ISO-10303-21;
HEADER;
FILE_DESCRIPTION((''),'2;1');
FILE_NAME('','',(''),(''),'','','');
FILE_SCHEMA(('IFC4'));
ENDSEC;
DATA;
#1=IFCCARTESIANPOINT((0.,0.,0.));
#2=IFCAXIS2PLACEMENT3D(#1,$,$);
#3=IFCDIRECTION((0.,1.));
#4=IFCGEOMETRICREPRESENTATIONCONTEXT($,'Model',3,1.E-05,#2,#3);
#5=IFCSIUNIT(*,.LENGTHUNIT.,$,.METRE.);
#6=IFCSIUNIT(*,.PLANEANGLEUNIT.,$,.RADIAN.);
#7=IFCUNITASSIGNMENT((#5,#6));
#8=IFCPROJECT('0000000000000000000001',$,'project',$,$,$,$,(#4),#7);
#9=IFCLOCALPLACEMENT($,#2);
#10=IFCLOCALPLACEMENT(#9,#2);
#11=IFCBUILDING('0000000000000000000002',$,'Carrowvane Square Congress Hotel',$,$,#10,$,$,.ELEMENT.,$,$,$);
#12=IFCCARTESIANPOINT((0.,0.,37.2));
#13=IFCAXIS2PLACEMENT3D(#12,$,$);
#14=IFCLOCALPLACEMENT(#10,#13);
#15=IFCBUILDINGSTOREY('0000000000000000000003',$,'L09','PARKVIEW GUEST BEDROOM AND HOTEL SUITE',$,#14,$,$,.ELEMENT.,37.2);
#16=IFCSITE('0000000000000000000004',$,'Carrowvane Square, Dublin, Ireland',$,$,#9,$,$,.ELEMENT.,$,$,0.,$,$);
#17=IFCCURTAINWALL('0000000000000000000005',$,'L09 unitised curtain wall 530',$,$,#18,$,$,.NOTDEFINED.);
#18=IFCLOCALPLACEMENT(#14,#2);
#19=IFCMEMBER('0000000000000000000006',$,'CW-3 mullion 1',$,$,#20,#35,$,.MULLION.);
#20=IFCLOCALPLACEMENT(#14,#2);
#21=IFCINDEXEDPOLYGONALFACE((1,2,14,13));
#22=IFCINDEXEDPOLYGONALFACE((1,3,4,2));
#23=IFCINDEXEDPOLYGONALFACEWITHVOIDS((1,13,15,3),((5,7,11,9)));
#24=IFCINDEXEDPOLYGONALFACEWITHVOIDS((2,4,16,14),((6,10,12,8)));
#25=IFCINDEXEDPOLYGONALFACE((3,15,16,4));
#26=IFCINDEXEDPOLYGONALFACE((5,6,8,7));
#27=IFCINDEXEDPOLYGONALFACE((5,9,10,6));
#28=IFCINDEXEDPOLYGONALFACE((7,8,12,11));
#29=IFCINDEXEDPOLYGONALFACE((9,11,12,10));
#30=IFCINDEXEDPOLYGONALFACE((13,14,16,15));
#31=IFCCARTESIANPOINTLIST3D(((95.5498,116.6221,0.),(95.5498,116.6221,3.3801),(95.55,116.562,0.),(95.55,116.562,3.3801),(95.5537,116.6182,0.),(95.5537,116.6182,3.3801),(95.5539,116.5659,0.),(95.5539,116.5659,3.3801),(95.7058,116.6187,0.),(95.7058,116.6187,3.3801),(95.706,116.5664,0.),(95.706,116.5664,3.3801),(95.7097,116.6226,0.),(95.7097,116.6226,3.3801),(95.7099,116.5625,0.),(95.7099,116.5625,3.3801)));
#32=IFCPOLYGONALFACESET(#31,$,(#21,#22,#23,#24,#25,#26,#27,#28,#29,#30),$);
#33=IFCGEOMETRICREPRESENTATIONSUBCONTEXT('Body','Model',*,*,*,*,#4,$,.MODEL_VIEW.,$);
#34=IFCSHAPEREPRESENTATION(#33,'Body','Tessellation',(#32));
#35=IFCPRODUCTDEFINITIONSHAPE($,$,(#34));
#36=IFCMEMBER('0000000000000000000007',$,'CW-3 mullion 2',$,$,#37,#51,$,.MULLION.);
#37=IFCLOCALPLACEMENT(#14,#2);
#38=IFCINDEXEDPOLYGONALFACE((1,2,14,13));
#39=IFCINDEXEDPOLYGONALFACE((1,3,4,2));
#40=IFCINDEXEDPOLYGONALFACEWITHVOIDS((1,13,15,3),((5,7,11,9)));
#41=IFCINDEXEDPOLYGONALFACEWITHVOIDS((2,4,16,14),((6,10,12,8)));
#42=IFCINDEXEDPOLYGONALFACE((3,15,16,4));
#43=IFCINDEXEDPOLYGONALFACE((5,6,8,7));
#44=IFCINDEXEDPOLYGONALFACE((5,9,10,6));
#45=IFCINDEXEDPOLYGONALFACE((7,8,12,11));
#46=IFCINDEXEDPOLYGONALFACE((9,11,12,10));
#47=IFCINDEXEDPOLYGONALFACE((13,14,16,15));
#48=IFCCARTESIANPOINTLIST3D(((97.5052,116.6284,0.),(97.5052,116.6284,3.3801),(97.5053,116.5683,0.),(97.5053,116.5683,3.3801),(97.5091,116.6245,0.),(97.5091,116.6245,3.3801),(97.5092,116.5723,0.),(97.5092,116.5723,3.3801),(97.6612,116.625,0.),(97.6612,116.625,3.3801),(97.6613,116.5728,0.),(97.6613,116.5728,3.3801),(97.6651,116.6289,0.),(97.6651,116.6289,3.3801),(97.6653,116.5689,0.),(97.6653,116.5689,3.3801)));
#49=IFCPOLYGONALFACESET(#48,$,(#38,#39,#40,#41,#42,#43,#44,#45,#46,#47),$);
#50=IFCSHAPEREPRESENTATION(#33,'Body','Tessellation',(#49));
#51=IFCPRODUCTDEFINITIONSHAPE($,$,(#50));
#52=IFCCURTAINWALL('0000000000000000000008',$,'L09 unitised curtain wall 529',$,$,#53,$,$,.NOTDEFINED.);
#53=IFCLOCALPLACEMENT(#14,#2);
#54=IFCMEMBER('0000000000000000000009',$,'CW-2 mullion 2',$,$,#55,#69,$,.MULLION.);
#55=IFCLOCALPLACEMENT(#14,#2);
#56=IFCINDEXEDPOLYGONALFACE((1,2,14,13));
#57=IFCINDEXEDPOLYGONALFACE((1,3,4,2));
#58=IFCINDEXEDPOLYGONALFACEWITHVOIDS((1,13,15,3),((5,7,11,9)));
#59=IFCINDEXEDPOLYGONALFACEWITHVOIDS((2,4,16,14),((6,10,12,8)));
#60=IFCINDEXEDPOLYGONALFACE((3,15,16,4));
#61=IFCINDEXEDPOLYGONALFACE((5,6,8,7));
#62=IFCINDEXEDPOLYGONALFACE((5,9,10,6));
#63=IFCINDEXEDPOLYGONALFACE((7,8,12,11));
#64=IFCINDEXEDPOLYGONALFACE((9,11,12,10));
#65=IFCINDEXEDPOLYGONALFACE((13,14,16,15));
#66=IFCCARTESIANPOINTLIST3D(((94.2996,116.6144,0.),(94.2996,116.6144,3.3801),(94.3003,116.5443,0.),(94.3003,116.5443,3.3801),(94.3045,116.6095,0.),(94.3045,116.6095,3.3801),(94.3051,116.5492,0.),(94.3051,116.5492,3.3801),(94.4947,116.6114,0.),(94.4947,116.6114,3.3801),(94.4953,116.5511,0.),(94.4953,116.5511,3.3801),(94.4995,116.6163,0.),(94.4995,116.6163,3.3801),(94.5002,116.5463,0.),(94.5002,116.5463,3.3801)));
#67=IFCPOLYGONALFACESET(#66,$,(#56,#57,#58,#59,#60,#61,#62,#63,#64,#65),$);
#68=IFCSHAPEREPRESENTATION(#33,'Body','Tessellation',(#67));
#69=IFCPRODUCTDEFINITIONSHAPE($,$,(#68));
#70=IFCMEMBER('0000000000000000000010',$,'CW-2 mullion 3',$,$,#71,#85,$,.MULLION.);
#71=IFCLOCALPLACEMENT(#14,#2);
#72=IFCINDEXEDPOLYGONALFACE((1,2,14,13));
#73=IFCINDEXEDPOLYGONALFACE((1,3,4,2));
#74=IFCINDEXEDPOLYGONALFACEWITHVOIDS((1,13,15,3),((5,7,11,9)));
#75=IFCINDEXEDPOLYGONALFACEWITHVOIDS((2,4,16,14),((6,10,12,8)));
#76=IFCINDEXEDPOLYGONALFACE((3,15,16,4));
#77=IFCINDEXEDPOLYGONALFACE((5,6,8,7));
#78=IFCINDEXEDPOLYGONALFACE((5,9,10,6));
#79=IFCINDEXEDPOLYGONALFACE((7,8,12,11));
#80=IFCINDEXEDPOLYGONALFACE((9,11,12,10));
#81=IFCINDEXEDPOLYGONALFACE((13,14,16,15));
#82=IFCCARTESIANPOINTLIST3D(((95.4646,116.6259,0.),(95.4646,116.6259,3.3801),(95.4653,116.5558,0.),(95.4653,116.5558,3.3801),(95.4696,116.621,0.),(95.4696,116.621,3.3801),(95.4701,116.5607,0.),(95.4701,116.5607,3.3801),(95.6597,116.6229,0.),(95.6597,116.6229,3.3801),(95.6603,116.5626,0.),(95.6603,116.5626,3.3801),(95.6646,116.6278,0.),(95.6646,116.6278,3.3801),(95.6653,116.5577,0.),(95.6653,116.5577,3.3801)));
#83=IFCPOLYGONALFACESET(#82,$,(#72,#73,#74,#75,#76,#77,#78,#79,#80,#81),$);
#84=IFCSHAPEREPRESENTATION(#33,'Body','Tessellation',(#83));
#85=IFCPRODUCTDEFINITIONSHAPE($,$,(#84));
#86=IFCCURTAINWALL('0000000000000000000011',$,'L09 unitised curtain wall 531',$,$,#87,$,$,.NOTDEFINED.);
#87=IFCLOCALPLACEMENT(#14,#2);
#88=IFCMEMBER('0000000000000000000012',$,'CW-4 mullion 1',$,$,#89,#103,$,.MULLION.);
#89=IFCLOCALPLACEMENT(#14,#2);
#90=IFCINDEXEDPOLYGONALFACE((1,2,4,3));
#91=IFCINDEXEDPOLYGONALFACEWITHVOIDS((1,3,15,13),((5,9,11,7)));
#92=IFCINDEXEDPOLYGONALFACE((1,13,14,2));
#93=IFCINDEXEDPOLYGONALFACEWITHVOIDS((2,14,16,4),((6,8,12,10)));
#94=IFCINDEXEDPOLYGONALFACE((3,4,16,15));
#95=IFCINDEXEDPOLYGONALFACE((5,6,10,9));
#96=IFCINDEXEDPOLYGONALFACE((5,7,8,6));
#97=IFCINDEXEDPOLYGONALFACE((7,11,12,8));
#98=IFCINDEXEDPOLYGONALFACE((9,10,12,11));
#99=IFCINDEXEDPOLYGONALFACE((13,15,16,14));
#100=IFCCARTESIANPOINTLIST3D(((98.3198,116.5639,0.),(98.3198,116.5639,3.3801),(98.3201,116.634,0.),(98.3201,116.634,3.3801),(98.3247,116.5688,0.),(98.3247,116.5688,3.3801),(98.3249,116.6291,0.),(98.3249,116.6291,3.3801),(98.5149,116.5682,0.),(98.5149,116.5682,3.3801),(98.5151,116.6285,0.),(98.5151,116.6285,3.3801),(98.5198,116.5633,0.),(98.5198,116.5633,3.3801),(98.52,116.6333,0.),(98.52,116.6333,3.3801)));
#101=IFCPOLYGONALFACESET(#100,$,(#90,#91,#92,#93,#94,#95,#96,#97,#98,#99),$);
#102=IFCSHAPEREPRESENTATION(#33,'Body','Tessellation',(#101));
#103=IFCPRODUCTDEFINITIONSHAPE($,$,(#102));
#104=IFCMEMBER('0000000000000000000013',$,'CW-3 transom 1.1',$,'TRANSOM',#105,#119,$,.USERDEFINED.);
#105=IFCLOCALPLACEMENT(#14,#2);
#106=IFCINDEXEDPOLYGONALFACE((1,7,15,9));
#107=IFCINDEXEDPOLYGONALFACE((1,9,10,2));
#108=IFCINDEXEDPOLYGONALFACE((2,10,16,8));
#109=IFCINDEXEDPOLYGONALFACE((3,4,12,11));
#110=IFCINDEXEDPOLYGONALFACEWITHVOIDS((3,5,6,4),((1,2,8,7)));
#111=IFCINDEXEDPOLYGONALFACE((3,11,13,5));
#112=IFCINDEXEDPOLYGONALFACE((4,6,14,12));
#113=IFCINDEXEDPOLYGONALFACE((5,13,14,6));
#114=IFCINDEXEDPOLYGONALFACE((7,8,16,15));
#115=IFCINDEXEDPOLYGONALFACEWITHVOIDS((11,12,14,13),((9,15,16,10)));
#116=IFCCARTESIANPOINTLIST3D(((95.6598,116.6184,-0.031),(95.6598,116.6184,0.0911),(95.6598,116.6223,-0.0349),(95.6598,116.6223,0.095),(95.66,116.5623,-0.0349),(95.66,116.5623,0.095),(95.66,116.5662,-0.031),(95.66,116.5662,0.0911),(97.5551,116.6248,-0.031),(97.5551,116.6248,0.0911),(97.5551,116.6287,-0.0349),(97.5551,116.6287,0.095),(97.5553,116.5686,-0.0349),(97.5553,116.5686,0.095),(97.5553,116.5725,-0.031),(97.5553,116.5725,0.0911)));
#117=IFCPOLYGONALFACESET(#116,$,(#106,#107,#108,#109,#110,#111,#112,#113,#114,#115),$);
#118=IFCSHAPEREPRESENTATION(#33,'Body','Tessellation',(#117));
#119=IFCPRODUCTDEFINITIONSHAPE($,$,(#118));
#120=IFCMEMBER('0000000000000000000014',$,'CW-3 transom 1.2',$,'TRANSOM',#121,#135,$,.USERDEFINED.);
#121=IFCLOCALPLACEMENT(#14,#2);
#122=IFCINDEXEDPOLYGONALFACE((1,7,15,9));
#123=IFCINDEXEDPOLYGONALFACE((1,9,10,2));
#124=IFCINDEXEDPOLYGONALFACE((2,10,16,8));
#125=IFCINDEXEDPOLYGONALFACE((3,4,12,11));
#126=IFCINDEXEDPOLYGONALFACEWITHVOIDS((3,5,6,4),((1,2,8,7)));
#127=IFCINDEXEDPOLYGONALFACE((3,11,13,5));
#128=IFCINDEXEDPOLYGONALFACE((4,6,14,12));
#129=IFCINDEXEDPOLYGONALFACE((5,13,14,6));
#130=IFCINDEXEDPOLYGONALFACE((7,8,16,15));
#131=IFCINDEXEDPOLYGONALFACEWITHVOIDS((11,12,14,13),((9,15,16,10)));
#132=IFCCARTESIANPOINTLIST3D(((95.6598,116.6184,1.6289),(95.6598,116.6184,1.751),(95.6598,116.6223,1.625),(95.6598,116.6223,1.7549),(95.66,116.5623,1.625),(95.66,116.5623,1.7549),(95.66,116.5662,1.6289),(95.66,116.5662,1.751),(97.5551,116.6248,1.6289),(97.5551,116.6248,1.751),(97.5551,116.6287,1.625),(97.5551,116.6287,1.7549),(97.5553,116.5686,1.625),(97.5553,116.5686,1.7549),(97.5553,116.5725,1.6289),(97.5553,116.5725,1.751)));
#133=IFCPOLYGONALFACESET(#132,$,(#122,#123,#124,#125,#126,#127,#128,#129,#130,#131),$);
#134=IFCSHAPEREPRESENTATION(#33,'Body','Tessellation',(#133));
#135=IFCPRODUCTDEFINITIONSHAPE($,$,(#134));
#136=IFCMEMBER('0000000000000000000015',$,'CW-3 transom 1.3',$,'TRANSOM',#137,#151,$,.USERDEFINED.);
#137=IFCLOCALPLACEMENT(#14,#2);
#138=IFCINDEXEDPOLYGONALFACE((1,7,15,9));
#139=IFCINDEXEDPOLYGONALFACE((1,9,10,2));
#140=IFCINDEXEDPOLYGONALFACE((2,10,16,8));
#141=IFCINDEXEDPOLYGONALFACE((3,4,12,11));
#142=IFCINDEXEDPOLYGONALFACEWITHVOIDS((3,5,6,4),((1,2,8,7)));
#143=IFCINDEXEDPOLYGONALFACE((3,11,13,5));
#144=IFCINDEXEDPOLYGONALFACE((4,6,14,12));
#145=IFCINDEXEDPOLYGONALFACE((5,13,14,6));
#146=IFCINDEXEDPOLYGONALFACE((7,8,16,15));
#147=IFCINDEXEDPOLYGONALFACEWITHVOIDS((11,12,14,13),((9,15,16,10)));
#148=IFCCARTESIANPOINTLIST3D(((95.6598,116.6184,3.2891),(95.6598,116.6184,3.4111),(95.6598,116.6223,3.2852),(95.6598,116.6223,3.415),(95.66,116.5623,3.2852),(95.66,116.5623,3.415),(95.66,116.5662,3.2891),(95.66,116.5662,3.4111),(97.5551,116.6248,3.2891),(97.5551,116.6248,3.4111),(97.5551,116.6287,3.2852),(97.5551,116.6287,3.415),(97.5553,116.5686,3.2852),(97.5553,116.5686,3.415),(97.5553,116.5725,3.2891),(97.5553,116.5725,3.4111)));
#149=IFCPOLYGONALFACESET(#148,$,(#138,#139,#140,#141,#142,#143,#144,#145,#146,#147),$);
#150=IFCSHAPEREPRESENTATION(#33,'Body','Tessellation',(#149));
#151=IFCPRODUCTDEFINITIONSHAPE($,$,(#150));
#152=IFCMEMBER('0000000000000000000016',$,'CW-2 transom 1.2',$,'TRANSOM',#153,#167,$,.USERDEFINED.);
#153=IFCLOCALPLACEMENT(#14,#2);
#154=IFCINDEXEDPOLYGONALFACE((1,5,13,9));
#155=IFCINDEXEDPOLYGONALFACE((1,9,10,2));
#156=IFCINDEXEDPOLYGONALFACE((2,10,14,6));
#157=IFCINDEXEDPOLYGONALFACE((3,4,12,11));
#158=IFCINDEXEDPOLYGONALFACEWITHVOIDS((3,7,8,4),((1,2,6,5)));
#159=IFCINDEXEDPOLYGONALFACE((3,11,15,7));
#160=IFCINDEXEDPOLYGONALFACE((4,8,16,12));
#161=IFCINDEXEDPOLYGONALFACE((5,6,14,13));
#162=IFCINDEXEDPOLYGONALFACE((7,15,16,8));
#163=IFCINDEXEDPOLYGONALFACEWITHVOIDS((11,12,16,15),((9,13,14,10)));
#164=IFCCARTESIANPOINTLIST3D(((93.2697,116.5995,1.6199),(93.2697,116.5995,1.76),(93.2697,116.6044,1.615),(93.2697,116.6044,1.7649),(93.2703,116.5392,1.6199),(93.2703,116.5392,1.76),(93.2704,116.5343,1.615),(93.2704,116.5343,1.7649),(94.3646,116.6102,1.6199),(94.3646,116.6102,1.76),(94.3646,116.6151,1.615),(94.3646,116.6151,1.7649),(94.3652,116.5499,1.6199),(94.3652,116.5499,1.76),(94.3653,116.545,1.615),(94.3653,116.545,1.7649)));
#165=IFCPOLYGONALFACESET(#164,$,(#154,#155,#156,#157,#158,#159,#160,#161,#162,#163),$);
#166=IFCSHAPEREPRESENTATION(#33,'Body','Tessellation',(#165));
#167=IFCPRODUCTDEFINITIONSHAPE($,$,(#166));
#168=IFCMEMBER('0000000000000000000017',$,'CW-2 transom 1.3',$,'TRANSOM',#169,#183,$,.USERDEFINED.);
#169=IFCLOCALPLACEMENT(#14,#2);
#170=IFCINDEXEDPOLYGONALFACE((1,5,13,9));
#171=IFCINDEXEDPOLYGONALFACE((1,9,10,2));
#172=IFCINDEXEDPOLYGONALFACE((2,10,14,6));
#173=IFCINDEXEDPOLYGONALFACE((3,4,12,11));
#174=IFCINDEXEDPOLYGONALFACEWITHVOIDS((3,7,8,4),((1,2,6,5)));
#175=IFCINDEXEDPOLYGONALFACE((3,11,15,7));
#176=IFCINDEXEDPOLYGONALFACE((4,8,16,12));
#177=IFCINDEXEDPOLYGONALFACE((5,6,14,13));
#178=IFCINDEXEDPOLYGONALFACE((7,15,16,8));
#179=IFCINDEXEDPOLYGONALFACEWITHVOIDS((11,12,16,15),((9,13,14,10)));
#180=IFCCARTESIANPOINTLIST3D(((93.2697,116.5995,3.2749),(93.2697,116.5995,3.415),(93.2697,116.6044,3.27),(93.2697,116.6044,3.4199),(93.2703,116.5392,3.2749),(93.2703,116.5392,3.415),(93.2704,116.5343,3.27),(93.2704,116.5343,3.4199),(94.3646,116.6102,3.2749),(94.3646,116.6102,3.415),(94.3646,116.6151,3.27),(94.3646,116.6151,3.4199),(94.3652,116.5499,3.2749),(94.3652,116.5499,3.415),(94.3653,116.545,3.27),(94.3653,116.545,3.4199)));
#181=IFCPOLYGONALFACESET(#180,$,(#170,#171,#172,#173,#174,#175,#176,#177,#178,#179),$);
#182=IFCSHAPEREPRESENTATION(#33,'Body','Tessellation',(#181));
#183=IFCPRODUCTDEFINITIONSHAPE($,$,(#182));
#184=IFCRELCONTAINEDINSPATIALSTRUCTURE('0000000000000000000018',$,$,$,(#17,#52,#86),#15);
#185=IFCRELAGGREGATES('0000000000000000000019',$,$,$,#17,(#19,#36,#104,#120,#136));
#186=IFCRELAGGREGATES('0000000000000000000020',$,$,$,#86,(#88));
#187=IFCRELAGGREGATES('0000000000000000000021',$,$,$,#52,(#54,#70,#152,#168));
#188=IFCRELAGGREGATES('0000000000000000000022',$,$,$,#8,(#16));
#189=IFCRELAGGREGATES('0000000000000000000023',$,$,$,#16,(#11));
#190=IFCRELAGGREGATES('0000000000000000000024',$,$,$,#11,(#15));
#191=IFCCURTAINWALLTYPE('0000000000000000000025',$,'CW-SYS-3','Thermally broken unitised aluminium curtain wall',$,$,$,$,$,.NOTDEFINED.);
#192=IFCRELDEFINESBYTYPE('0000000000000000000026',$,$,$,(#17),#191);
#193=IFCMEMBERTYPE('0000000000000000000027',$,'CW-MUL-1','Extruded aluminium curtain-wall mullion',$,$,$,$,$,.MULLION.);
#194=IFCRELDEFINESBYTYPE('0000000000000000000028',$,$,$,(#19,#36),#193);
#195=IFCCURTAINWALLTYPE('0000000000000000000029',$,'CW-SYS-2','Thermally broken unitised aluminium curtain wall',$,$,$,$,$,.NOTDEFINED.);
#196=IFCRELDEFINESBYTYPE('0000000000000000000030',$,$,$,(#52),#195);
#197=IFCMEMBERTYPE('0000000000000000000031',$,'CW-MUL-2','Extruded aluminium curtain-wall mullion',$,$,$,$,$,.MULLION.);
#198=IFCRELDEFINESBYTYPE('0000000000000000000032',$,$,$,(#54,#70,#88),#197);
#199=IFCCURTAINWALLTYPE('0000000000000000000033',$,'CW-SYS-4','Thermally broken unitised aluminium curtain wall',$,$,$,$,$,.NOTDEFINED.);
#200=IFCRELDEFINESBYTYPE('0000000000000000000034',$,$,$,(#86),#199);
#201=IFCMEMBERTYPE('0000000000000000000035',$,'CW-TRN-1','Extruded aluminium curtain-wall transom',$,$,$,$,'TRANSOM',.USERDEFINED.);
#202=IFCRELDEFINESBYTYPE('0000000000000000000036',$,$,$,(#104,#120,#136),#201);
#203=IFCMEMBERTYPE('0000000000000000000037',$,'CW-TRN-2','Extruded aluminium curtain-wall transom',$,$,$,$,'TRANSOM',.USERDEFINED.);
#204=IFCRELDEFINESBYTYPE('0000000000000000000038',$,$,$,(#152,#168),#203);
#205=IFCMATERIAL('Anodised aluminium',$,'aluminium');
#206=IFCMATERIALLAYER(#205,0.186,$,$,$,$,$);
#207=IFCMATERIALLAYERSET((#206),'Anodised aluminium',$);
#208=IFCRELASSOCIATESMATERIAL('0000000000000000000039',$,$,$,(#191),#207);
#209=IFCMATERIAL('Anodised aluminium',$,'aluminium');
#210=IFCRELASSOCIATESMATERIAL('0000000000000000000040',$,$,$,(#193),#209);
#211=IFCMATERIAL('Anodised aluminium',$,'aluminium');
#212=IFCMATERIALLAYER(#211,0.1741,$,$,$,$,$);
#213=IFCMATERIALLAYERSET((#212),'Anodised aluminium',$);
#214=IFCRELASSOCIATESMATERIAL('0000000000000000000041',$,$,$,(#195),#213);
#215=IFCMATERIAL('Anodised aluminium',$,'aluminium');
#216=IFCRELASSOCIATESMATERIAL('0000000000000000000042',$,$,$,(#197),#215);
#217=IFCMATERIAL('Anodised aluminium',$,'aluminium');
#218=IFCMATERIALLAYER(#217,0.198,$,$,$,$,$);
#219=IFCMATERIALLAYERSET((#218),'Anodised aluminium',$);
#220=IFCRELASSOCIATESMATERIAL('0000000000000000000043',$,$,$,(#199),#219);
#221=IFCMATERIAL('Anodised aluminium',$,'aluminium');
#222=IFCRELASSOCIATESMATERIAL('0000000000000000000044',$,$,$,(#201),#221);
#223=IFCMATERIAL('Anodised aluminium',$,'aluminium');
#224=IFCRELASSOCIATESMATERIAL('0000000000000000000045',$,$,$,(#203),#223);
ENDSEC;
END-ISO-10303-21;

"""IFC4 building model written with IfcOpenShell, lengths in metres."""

from ifc_helpers import new_model, si_unit, direction, frame, origin, origin_2d, place, context, subcontext, project, spatial, hollow_rectangle, extrude, material, layer, layer_set, material_profile, profile_set, type_object, element, aggregate, save


model = new_model("IFC4")

# Units and contexts
model_context = context("Model", 3, precision=1e-05, world=origin(), true_north=direction((0.0, 1.0)))
body_context = subcontext(model_context, "Body", "Model", "MODEL_VIEW")
ifc_project = project(units=[si_unit("LENGTHUNIT", "METRE"), si_unit("PLANEANGLEUNIT", "RADIAN")], contexts=[model_context])

# Site, building, storey
site_placement = place(None, origin())
site = spatial("IfcSite", under=ifc_project, at=site_placement, Name="Carrowvane Square, Dublin, Ireland", CompositionType="ELEMENT", RefElevation=0.0)
building_placement = place(site_placement, origin())
building = spatial("IfcBuilding", under=site, at=building_placement, Name="Carrowvane Square Congress Hotel", CompositionType="ELEMENT")
storey_placement = place(building_placement, frame((0.0, 0.0, 37.2)))
storey = spatial("IfcBuildingStorey", under=building, at=storey_placement, Name="L09", Description="PARKVIEW GUEST BEDROOM AND HOTEL SUITE", CompositionType="ELEMENT", Elevation=37.2)

# Curtain walls, members
ifc_material_1 = material(Name="Anodised aluminium", Category="aluminium")
ifc_layer_1 = layer(ifc_material_1, 0.186)
ifc_layer_set_1 = layer_set([ifc_layer_1], Name="Anodised aluminium")
curtain_wall_type_1 = type_object("IfcCurtainWallType", Name="CW-SYS-3", Description="Thermally broken unitised aluminium curtain wall", PredefinedType="NOTDEFINED", material=ifc_layer_set_1)
curtain_wall_1_placement = place(storey_placement, origin())
curtain_wall_1 = element("IfcCurtainWall", 1, at=curtain_wall_1_placement, inside=storey, type_object=curtain_wall_type_1, Name="L09 unitised curtain wall 530", PredefinedType="NOTDEFINED")
ifc_material_2 = material(Name="Anodised aluminium", Category="aluminium")
ifc_material_profile_1 = material_profile(ifc_material_2, hollow_rectangle(XDim=0.0601, YDim=0.1599, WallThickness=0.0039, at=origin_2d()), Name="CW-ML 60x160x4")
ifc_profile_set_1 = profile_set([ifc_material_profile_1], Name="Anodised aluminium")
member_type_1 = type_object("IfcMemberType", Name="CW-MUL-1", Description="Extruded aluminium curtain-wall mullion", PredefinedType="MULLION", material=ifc_profile_set_1)
member_1_placement = place(storey_placement, frame((95.6299, 116.5923, 0.0), z_axis=(0.0, 0.0, 1.0), x_axis=(-0.00327, 0.999995, 0.0)))
member_1 = element("IfcMember", 2, at=member_1_placement, type_object=member_type_1, Name="CW-3 mullion 1", PredefinedType="MULLION", context=body_context, shape_type="SweptSolid", body=[
    extrude(hollow_rectangle(XDim=0.0601, YDim=0.1599, WallThickness=0.0039, at=origin_2d()), origin(), (0.0, 0.0, 1.0), 3.3801),
])
member_2_placement = place(storey_placement, frame((97.5852, 116.5986, 0.0), z_axis=(0.0, 0.0, 1.0), x_axis=(-0.00327, 0.999995, 0.0)))
member_2 = element("IfcMember", 3, at=member_2_placement, type_object=member_type_1, Name="CW-3 mullion 2", PredefinedType="MULLION", context=body_context, shape_type="SweptSolid", body=[
    extrude(hollow_rectangle(XDim=0.0601, YDim=0.1599, WallThickness=0.0039, at=origin_2d()), origin(), (0.0, 0.0, 1.0), 3.3801),
])
ifc_material_3 = material(Name="Anodised aluminium", Category="aluminium")
ifc_layer_2 = layer(ifc_material_3, 0.1741)
ifc_layer_set_2 = layer_set([ifc_layer_2], Name="Anodised aluminium")
curtain_wall_type_2 = type_object("IfcCurtainWallType", Name="CW-SYS-2", Description="Thermally broken unitised aluminium curtain wall", PredefinedType="NOTDEFINED", material=ifc_layer_set_2)
curtain_wall_2_placement = place(storey_placement, origin())
curtain_wall_2 = element("IfcCurtainWall", 4, at=curtain_wall_2_placement, inside=storey, type_object=curtain_wall_type_2, Name="L09 unitised curtain wall 529", PredefinedType="NOTDEFINED")
ifc_material_4 = material(Name="Anodised aluminium", Category="aluminium")
ifc_material_profile_2 = material_profile(ifc_material_4, hollow_rectangle(XDim=0.0701, YDim=0.2, WallThickness=0.0049, at=origin_2d()), Name="CW-ML 70x200x5")
ifc_profile_set_2 = profile_set([ifc_material_profile_2], Name="Anodised aluminium")
member_type_2 = type_object("IfcMemberType", Name="CW-MUL-2", Description="Extruded aluminium curtain-wall mullion", PredefinedType="MULLION", material=ifc_profile_set_2)
member_3_placement = place(storey_placement, frame((94.3999, 116.5803, 0.0), z_axis=(0.0, 0.0, 1.0), x_axis=(-0.009783, 0.999952, 0.0)))
member_3 = element("IfcMember", 5, at=member_3_placement, type_object=member_type_2, Name="CW-2 mullion 2", PredefinedType="MULLION", context=body_context, shape_type="SweptSolid", body=[
    extrude(hollow_rectangle(XDim=0.0701, YDim=0.2, WallThickness=0.0049, at=origin_2d()), origin(), (0.0, 0.0, 1.0), 3.3801),
])
member_4_placement = place(storey_placement, frame((95.5649, 116.5918, 0.0), z_axis=(0.0, 0.0, 1.0), x_axis=(-0.009783, 0.999952, 0.0)))
member_4 = element("IfcMember", 6, at=member_4_placement, type_object=member_type_2, Name="CW-2 mullion 3", PredefinedType="MULLION", context=body_context, shape_type="SweptSolid", body=[
    extrude(hollow_rectangle(XDim=0.0701, YDim=0.2, WallThickness=0.0049, at=origin_2d()), origin(), (0.0, 0.0, 1.0), 3.3801),
])

# Curtain wall, member
ifc_material_5 = material(Name="Anodised aluminium", Category="aluminium")
ifc_layer_3 = layer(ifc_material_5, 0.198)
ifc_layer_set_3 = layer_set([ifc_layer_3], Name="Anodised aluminium")
curtain_wall_type_3 = type_object("IfcCurtainWallType", Name="CW-SYS-4", Description="Thermally broken unitised aluminium curtain wall", PredefinedType="NOTDEFINED", material=ifc_layer_set_3)
curtain_wall_3_placement = place(storey_placement, origin())
curtain_wall_3 = element("IfcCurtainWall", 7, at=curtain_wall_3_placement, inside=storey, type_object=curtain_wall_type_3, Name="L09 unitised curtain wall 531", PredefinedType="NOTDEFINED")
member_5_placement = place(storey_placement, frame((98.4199, 116.5986, 0.0), z_axis=(0.0, 0.0, 1.0), x_axis=(0.00327, 0.999995, 0.0)))
member_5 = element("IfcMember", 8, at=member_5_placement, type_object=member_type_2, Name="CW-4 mullion 1", PredefinedType="MULLION", context=body_context, shape_type="SweptSolid", body=[
    extrude(hollow_rectangle(XDim=0.0701, YDim=0.2, WallThickness=0.0049, at=origin_2d()), origin(), (0.0, 0.0, 1.0), 3.3801),
])

# Members
ifc_material_6 = material(Name="Anodised aluminium", Category="aluminium")
ifc_material_profile_3 = material_profile(ifc_material_6, hollow_rectangle(XDim=0.0601, YDim=0.1299, WallThickness=0.0039, at=origin_2d()), Name="CW-TR 60x130x4")
ifc_profile_set_3 = profile_set([ifc_material_profile_3], Name="Anodised aluminium")
member_type_3 = type_object("IfcMemberType", Name="CW-TRN-1", Description="Extruded aluminium curtain-wall transom", ElementType="TRANSOM", PredefinedType="USERDEFINED", material=ifc_profile_set_3)
member_6_placement = place(storey_placement, frame((95.6599, 116.5923, 0.03), z_axis=(0.999994, 0.003349, 0.0), x_axis=(-0.003349, 0.999994, 0.0)))
member_6 = element("IfcMember", 9, at=member_6_placement, type_object=member_type_3, Name="CW-3 transom 1.1", ObjectType="TRANSOM", PredefinedType="USERDEFINED", context=body_context, shape_type="SweptSolid", body=[
    extrude(hollow_rectangle(XDim=0.0601, YDim=0.1299, WallThickness=0.0039, at=origin_2d()), origin(), (0.0, 0.0, 1.0), 1.8953),
])
member_7_placement = place(storey_placement, frame((95.6599, 116.5923, 1.6899), z_axis=(0.999994, 0.003349, 0.0), x_axis=(-0.003349, 0.999994, 0.0)))
member_7 = element("IfcMember", 10, at=member_7_placement, type_object=member_type_3, Name="CW-3 transom 1.2", ObjectType="TRANSOM", PredefinedType="USERDEFINED", context=body_context, shape_type="SweptSolid", body=[
    extrude(hollow_rectangle(XDim=0.0601, YDim=0.1299, WallThickness=0.0039, at=origin_2d()), origin(), (0.0, 0.0, 1.0), 1.8953),
])
member_8_placement = place(storey_placement, frame((95.6599, 116.5923, 3.3501), z_axis=(0.999994, 0.003349, 0.0), x_axis=(-0.003349, 0.999994, 0.0)))
member_8 = element("IfcMember", 11, at=member_8_placement, type_object=member_type_3, Name="CW-3 transom 1.3", ObjectType="TRANSOM", PredefinedType="USERDEFINED", context=body_context, shape_type="SweptSolid", body=[
    extrude(hollow_rectangle(XDim=0.0601, YDim=0.1299, WallThickness=0.0039, at=origin_2d()), origin(), (0.0, 0.0, 1.0), 1.8953),
])
ifc_material_7 = material(Name="Anodised aluminium", Category="aluminium")
ifc_material_profile_4 = material_profile(ifc_material_7, hollow_rectangle(XDim=0.0701, YDim=0.1499, WallThickness=0.0049, at=origin_2d()), Name="CW-TR 70x150x5")
ifc_profile_set_4 = profile_set([ifc_material_profile_4], Name="Anodised aluminium")
member_type_4 = type_object("IfcMemberType", Name="CW-TRN-2", Description="Extruded aluminium curtain-wall transom", ElementType="TRANSOM", PredefinedType="USERDEFINED", material=ifc_profile_set_4)
member_9_placement = place(storey_placement, frame((93.27, 116.5693, 1.6899), z_axis=(0.999952, 0.00981, 0.0), x_axis=(-0.00981, 0.999952, 0.0)))
member_9 = element("IfcMember", 12, at=member_9_placement, type_object=member_type_4, Name="CW-2 transom 1.2", ObjectType="TRANSOM", PredefinedType="USERDEFINED", context=body_context, shape_type="SweptSolid", body=[
    extrude(hollow_rectangle(XDim=0.0701, YDim=0.1499, WallThickness=0.0049, at=origin_2d()), origin(), (0.0, 0.0, 1.0), 1.095),
])
member_10_placement = place(storey_placement, frame((93.27, 116.5693, 3.345), z_axis=(0.999952, 0.00981, 0.0), x_axis=(-0.00981, 0.999952, 0.0)))
member_10 = element("IfcMember", 13, at=member_10_placement, type_object=member_type_4, Name="CW-2 transom 1.3", ObjectType="TRANSOM", PredefinedType="USERDEFINED", context=body_context, shape_type="SweptSolid", body=[
    extrude(hollow_rectangle(XDim=0.0701, YDim=0.1499, WallThickness=0.0049, at=origin_2d()), origin(), (0.0, 0.0, 1.0), 1.095),
])

aggregate(curtain_wall_1, [member_1, member_2, member_6, member_7, member_8])
aggregate(curtain_wall_3, [member_5])
aggregate(curtain_wall_2, [member_3, member_4, member_9, member_10])

save(model, "model.ifc")
